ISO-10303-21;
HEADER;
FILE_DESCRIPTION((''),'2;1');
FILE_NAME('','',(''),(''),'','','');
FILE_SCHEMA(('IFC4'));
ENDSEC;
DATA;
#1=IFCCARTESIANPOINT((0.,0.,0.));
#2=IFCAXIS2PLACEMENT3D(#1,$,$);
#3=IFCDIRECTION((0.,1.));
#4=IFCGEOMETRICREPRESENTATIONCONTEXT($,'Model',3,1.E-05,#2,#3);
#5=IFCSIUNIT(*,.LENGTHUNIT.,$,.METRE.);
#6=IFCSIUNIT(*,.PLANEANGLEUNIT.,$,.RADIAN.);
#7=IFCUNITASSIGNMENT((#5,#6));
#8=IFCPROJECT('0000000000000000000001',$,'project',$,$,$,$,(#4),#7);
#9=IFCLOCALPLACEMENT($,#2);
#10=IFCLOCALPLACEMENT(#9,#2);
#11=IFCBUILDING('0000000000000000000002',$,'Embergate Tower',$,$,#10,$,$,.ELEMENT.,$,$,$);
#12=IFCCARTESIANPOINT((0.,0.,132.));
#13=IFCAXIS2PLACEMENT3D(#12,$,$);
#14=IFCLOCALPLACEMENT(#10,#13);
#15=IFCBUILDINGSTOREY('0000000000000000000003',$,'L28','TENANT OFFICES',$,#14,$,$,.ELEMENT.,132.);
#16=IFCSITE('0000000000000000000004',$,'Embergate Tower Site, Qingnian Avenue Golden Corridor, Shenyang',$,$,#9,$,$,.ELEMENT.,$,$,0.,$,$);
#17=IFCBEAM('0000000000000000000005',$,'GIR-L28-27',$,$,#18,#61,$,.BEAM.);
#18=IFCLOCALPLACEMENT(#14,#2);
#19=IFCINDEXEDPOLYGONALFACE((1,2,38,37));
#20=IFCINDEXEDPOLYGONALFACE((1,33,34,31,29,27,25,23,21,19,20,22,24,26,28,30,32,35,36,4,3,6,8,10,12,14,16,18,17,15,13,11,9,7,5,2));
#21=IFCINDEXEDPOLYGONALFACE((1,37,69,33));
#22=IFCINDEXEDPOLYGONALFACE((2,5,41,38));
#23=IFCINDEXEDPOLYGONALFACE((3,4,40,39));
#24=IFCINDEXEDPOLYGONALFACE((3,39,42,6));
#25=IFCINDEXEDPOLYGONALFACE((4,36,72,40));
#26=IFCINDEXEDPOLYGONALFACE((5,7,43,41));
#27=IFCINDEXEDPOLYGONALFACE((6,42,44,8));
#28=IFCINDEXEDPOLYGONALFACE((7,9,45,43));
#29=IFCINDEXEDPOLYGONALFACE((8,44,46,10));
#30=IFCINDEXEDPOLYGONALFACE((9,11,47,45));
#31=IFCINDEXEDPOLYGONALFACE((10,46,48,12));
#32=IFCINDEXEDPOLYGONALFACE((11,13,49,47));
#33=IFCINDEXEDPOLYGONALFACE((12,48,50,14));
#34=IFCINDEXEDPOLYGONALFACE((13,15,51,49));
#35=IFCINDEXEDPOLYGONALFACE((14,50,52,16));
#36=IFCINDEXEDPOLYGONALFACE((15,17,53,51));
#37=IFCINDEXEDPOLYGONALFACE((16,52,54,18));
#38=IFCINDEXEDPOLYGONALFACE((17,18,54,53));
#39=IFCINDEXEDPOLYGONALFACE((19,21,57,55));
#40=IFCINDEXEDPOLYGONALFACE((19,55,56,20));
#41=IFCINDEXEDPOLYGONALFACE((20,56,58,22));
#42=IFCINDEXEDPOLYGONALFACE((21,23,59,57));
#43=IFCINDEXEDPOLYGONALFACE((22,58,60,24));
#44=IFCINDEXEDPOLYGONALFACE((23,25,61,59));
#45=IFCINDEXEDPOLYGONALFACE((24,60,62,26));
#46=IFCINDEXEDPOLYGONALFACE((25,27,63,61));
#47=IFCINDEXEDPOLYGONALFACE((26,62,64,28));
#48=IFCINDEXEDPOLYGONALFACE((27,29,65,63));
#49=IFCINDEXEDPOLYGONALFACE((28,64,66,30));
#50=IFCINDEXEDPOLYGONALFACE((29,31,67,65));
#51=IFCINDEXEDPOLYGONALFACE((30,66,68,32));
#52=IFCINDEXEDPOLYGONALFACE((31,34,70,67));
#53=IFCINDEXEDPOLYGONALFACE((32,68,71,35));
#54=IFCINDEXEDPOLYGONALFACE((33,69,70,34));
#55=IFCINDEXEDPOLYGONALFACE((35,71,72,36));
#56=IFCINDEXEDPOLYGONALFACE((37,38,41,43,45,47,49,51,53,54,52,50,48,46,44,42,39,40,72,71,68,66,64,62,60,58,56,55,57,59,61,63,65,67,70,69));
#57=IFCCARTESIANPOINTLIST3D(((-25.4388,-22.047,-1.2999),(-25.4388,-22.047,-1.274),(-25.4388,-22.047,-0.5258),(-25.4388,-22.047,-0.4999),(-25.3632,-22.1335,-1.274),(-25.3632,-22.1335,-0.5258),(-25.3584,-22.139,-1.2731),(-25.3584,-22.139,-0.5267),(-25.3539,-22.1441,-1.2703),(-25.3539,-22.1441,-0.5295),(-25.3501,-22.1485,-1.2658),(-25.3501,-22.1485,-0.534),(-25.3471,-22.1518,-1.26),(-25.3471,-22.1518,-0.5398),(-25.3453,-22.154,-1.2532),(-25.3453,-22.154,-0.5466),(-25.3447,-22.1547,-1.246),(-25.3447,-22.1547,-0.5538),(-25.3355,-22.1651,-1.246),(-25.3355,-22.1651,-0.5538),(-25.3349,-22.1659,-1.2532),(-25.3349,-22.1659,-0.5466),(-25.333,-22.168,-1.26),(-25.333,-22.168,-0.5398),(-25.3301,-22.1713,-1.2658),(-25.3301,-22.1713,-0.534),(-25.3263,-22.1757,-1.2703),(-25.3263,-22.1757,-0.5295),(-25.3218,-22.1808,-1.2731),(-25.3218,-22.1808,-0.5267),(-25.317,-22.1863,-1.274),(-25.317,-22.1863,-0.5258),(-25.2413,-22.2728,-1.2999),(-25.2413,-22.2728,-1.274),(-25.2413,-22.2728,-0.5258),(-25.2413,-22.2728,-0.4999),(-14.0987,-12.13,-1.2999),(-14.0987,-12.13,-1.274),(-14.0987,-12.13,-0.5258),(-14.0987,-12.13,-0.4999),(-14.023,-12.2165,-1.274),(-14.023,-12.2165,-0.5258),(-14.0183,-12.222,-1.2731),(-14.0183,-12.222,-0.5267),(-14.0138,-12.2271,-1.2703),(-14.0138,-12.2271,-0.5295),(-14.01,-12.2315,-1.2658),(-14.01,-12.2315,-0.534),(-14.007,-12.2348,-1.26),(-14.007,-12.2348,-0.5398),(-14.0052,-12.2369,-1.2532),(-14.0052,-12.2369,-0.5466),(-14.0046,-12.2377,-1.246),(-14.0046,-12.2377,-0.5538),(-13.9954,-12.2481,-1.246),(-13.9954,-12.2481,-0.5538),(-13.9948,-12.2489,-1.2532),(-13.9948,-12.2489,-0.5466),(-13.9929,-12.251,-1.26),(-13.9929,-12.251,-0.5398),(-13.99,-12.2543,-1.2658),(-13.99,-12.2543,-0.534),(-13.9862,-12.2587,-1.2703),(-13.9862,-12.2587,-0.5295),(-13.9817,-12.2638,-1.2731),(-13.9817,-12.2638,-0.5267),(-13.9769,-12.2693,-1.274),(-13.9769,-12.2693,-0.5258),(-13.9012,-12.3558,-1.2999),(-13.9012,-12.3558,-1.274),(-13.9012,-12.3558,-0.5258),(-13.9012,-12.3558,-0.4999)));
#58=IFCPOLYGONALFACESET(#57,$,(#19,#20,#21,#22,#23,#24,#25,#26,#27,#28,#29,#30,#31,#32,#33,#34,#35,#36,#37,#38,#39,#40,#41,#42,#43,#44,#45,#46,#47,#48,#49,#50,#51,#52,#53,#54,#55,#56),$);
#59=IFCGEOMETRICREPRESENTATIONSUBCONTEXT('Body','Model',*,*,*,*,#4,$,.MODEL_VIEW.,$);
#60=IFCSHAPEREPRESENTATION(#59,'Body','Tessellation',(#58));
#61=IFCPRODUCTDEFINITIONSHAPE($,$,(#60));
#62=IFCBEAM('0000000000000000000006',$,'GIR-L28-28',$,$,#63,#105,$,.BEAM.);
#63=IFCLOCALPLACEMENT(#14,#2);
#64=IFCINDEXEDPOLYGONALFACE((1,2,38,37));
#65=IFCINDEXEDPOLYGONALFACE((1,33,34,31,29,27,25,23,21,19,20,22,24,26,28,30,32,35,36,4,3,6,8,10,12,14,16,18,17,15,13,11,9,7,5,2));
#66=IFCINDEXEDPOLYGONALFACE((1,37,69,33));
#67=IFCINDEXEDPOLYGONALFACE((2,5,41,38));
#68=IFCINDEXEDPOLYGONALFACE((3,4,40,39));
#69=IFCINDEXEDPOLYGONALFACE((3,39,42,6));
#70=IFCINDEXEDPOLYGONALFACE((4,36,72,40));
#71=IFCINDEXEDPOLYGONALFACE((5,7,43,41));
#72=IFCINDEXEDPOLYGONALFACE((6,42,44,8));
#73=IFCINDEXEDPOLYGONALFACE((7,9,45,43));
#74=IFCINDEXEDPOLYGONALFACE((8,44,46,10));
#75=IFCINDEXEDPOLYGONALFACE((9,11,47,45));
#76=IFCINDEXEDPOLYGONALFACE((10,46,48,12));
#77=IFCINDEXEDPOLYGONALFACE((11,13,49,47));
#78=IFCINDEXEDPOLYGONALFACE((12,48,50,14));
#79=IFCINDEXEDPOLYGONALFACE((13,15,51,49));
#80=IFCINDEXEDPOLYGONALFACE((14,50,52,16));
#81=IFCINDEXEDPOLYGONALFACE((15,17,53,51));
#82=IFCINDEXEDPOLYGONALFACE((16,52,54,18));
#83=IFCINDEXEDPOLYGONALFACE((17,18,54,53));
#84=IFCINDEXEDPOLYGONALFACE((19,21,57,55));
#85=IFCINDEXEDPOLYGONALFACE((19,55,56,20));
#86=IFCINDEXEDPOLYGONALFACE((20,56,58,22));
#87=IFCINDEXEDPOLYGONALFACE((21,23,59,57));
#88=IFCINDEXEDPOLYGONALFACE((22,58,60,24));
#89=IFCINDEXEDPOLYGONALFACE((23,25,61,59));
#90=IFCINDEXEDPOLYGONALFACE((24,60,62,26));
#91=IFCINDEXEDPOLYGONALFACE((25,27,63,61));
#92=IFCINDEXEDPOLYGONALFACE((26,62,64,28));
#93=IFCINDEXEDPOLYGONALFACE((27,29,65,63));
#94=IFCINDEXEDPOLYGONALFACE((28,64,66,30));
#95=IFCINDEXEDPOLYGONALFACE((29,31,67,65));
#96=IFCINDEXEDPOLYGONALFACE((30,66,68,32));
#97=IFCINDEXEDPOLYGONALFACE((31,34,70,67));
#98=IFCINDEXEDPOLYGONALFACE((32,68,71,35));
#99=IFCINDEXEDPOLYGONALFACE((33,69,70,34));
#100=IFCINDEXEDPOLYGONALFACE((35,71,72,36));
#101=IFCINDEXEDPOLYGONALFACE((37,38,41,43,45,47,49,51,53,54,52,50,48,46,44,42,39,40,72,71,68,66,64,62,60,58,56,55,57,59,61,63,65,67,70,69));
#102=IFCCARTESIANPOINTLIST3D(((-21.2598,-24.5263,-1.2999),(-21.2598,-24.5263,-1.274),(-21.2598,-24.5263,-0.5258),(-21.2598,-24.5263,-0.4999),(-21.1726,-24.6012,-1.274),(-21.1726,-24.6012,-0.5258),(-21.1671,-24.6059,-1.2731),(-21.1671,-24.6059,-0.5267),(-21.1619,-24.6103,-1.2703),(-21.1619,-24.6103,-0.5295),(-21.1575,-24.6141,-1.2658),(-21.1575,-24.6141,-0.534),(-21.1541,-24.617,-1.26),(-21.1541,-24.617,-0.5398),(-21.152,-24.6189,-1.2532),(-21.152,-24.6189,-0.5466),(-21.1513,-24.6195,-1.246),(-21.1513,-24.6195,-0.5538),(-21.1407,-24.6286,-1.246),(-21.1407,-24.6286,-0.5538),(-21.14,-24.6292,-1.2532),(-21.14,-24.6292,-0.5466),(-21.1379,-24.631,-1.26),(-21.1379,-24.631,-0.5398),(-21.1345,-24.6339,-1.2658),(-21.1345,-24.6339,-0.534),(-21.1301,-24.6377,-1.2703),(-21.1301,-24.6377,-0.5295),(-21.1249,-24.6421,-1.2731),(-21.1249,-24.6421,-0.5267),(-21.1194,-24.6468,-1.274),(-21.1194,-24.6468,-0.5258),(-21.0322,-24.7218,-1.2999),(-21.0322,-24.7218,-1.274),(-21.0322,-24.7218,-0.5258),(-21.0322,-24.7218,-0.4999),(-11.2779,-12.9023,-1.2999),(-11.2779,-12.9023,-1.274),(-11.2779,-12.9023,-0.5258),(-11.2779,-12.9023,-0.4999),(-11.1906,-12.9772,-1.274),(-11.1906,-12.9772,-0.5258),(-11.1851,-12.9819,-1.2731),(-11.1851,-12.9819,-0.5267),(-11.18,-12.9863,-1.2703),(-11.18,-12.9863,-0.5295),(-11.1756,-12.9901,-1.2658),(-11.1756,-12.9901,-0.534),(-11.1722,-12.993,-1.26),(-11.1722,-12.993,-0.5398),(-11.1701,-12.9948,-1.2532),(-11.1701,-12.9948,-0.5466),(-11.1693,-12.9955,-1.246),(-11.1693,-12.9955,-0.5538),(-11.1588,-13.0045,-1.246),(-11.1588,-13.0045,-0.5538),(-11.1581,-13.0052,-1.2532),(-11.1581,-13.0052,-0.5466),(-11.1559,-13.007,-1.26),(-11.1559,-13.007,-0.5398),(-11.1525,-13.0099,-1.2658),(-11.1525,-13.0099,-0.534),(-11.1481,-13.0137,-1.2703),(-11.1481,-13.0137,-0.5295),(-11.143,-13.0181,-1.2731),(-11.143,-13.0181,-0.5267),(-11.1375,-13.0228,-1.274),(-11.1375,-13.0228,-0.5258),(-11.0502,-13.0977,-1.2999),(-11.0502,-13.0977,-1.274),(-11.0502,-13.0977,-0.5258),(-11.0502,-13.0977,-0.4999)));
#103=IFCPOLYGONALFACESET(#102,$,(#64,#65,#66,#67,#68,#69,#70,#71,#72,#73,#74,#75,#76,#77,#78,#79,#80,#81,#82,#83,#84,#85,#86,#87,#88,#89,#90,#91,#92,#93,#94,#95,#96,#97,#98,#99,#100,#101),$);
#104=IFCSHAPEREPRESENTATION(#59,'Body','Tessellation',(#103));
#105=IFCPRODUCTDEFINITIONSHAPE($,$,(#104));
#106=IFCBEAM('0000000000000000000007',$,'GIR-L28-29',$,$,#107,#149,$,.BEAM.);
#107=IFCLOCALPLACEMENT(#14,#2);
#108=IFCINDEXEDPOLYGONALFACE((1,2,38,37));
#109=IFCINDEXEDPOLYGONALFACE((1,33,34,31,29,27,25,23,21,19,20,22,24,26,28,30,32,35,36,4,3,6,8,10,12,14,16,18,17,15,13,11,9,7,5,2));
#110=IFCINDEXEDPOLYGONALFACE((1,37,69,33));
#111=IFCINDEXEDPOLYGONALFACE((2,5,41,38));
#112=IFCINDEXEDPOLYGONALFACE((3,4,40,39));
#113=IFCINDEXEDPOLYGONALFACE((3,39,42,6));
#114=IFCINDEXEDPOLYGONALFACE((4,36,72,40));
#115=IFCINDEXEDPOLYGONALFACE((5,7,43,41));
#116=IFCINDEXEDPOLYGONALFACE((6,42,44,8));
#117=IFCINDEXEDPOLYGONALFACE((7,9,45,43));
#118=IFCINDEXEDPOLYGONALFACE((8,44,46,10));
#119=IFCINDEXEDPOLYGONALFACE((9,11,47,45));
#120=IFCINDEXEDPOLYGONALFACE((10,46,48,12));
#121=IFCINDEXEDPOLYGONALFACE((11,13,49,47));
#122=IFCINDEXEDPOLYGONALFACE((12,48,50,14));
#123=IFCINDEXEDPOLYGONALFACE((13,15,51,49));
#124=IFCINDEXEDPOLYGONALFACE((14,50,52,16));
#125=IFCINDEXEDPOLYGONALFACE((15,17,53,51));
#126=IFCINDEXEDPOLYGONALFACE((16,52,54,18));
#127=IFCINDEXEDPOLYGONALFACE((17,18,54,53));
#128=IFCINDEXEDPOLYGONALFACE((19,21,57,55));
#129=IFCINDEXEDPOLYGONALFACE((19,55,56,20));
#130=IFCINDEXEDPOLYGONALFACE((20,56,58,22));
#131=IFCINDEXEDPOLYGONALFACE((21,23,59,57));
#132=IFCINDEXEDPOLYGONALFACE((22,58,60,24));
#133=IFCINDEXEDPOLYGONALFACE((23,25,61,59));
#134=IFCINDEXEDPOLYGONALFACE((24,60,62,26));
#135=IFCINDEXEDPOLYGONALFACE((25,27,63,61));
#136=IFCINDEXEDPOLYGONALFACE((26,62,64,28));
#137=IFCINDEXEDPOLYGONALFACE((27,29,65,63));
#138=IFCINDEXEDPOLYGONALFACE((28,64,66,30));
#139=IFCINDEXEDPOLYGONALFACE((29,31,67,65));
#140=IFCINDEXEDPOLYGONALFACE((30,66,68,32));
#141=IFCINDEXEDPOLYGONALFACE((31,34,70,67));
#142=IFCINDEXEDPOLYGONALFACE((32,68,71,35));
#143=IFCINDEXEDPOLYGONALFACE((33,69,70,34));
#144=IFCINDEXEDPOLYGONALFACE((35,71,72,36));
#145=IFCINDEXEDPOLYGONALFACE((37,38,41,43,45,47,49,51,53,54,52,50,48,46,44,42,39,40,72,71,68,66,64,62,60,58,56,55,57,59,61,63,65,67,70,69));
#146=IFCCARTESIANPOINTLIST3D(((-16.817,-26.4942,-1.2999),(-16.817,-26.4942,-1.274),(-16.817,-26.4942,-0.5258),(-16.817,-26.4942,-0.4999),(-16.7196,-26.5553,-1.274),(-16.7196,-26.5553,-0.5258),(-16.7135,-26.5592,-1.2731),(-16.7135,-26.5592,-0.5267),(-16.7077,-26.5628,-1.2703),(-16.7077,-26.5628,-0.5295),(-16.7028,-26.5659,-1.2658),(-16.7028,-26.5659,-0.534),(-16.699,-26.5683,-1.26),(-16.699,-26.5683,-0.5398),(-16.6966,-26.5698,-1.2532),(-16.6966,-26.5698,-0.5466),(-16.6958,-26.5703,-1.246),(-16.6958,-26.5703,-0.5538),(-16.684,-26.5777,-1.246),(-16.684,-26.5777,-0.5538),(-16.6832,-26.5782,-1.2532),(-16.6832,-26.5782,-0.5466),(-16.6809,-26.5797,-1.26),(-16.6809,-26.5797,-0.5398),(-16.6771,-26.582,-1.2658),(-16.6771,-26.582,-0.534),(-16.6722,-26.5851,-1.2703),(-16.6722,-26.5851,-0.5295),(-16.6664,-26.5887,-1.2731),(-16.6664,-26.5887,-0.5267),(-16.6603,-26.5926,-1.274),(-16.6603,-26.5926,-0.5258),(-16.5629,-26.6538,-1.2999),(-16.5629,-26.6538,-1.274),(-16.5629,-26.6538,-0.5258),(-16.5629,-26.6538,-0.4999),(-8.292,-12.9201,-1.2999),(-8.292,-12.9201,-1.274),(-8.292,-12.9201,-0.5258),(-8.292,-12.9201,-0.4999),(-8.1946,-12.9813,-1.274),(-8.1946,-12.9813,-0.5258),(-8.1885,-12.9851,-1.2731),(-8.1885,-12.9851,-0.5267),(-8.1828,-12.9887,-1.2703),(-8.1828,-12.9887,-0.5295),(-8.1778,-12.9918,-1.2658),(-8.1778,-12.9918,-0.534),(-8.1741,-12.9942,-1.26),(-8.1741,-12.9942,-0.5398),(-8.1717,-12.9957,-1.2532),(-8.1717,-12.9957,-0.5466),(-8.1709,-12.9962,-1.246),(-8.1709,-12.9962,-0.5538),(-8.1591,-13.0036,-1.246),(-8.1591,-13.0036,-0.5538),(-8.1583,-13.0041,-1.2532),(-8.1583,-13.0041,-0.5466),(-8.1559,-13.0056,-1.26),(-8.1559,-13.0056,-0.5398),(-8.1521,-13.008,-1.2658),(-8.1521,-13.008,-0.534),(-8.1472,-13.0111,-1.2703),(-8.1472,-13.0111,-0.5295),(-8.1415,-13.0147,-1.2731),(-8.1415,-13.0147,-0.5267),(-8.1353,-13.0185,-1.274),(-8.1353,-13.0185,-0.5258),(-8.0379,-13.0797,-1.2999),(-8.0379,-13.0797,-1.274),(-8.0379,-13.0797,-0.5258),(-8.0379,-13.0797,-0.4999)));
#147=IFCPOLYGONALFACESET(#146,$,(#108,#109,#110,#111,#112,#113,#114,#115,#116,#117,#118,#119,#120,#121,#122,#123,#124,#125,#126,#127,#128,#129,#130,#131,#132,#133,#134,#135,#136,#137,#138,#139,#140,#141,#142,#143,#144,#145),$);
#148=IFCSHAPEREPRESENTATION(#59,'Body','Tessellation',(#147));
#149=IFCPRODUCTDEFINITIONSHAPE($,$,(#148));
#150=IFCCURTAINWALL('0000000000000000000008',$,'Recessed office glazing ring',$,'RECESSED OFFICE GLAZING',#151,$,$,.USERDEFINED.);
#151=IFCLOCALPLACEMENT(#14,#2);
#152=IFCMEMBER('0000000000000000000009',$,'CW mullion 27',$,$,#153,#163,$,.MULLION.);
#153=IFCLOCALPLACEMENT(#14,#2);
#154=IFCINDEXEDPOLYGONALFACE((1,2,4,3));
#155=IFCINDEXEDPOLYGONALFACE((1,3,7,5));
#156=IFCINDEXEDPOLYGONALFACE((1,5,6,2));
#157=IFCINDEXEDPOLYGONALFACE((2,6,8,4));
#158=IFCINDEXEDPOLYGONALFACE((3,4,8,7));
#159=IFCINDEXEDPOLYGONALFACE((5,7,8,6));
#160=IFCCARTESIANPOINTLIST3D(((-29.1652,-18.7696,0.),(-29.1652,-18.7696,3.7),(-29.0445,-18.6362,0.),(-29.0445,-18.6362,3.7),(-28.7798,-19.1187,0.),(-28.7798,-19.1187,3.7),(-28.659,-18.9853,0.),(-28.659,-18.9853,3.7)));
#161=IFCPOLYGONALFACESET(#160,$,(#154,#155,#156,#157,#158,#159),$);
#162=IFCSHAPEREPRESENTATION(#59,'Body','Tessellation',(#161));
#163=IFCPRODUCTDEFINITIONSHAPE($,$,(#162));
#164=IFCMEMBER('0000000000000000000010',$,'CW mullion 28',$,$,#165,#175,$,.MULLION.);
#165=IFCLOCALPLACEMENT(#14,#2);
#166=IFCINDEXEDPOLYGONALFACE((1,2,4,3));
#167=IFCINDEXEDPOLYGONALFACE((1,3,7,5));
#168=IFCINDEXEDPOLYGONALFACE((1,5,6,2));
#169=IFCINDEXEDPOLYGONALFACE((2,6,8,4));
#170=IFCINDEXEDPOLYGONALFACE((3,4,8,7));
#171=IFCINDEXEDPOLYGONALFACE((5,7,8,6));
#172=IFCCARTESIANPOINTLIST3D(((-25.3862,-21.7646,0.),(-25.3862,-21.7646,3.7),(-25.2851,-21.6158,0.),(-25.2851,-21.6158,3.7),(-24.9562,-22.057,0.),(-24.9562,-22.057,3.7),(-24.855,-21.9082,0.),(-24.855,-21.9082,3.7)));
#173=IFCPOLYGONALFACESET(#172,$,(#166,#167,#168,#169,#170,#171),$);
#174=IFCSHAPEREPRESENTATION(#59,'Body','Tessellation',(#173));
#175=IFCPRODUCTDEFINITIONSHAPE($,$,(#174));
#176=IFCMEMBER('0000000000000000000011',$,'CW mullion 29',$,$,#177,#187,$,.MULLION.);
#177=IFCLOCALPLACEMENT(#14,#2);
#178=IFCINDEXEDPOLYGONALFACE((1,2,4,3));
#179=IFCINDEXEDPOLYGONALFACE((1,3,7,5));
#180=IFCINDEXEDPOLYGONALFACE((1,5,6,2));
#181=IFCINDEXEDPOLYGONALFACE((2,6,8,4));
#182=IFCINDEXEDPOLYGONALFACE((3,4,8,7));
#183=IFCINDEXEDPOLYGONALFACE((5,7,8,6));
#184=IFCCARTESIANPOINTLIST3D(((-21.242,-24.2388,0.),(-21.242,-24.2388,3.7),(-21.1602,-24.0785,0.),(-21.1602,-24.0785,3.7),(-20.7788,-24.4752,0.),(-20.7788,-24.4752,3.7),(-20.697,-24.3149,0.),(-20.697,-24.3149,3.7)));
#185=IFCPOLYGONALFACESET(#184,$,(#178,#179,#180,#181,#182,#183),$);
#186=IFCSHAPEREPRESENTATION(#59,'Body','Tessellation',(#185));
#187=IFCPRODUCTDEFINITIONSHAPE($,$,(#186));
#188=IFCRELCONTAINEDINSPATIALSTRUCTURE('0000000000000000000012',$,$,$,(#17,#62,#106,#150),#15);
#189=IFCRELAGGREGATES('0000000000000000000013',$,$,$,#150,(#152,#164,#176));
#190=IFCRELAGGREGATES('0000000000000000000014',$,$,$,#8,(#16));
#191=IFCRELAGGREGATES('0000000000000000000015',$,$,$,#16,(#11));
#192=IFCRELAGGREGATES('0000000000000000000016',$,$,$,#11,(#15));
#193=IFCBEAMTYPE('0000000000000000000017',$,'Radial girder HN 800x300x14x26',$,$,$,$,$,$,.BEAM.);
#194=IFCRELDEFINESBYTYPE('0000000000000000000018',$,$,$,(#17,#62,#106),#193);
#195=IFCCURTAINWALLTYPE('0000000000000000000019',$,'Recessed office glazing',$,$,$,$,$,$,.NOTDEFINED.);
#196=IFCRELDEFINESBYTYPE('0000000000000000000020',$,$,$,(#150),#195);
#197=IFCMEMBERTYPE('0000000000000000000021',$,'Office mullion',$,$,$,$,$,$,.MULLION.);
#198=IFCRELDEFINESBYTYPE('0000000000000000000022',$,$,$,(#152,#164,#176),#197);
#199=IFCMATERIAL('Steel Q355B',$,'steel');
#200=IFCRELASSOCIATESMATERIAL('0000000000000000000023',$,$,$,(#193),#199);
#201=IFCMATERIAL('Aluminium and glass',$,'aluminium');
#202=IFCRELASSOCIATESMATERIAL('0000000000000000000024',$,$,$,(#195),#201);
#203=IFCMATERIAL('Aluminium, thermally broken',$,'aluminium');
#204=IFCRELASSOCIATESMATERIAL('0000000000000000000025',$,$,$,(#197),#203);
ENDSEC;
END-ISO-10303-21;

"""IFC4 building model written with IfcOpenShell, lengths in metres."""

from ifc_helpers import new_model, si_unit, direction, frame, origin, origin_2d, place, context, subcontext, project, spatial, rectangle, i_section, extrude, source, transform, mapped, material, material_profile, profile_set, type_object, element, aggregate, save


model = new_model("IFC4")

# Units and contexts
model_context = context("Model", 3, precision=1e-05, world=origin(), true_north=direction((0.0, 1.0)))
body_context = subcontext(model_context, "Body", "Model", "MODEL_VIEW")
ifc_project = project(units=[si_unit("LENGTHUNIT", "METRE"), si_unit("PLANEANGLEUNIT", "RADIAN")], contexts=[model_context])

# Site, building, storey
site_placement = place(None, origin())
site = spatial("IfcSite", under=ifc_project, at=site_placement, Name="Embergate Tower Site, Qingnian Avenue Golden Corridor, Shenyang", CompositionType="ELEMENT", RefElevation=0.0)
building_placement = place(site_placement, origin())
building = spatial("IfcBuilding", under=site, at=building_placement, Name="Embergate Tower", CompositionType="ELEMENT")
storey_placement = place(building_placement, frame((0.0, 0.0, 132.0)))
storey = spatial("IfcBuildingStorey", under=building, at=storey_placement, Name="L28", Description="TENANT OFFICES", CompositionType="ELEMENT", Elevation=132.0)

# Beams
ifc_material_1 = material(Name="Steel Q355B", Category="steel")
ifc_material_profile_1 = material_profile(ifc_material_1, i_section(OverallWidth=0.3, OverallDepth=0.8, WebThickness=0.0139, FlangeThickness=0.0259, FilletRadius=0.0281, at=origin_2d()), Name="HN 800x300x14x26")
ifc_profile_set_1 = profile_set([ifc_material_profile_1], Name="Steel Q355 grade B")
beam_type_1 = type_object("IfcBeamType", Name="Radial girder HN 800x300x14x26", PredefinedType="BEAM", material=ifc_profile_set_1)
shared_shape_1 = source(origin(), body_context, "Body", "SweptSolid", [
    extrude(i_section(OverallWidth=0.3, OverallDepth=0.8, WebThickness=0.0139, FlangeThickness=0.0259, FilletRadius=0.0281, at=origin_2d()), origin(), (0.0, 0.0, 1.0), 15.0647),
])
beam_1_placement = place(storey_placement, frame((-25.3401, -22.1599, -0.8999), z_axis=(0.75276, 0.658295, 0.0), x_axis=(-0.658295, 0.75276, 0.0)))
element("IfcBeam", 1, at=beam_1_placement, inside=storey, type_object=beam_type_1, Name="GIR-L28-27", PredefinedType="BEAM", context=body_context, shape_type="MappedRepresentation", body=[
    mapped(shared_shape_1, transform((0.0, 0.0, 0.0))),
])
shared_shape_2 = source(origin(), body_context, "Body", "SweptSolid", [
    extrude(i_section(OverallWidth=0.3, OverallDepth=0.8, WebThickness=0.0139, FlangeThickness=0.0259, FilletRadius=0.0281, at=origin_2d()), origin(), (0.0, 0.0, 1.0), 15.3218),
])
beam_2_placement = place(storey_placement, frame((-21.146, -24.624, -0.8999), z_axis=(0.651487, 0.75866, 0.0), x_axis=(-0.75866, 0.651487, 0.0)))
element("IfcBeam", 2, at=beam_2_placement, inside=storey, type_object=beam_type_1, Name="GIR-L28-28", PredefinedType="BEAM", context=body_context, shape_type="MappedRepresentation", body=[
    mapped(shared_shape_2, transform((0.0, 0.0, 0.0))),
])
shared_shape_3 = source(origin(), body_context, "Body", "SweptSolid", [
    extrude(i_section(OverallWidth=0.3, OverallDepth=0.8, WebThickness=0.0139, FlangeThickness=0.0259, FilletRadius=0.0281, at=origin_2d()), origin(), (0.0, 0.0, 1.0), 16.0291),
])
beam_3_placement = place(storey_placement, frame((-16.6899, -26.574, -0.8999), z_axis=(0.531845, 0.846842, 0.0), x_axis=(-0.846842, 0.531845, 0.0)))
element("IfcBeam", 3, at=beam_3_placement, inside=storey, type_object=beam_type_1, Name="GIR-L28-29", PredefinedType="BEAM", context=body_context, shape_type="MappedRepresentation", body=[
    mapped(shared_shape_3, transform((0.0, 0.0, 0.0))),
])

# Curtain wall, members
ifc_material_2 = material(Name="Aluminium and glass", Category="aluminium")
curtain_wall_type = type_object("IfcCurtainWallType", Name="Recessed office glazing", PredefinedType="NOTDEFINED", material=ifc_material_2)
curtain_wall_placement = place(storey_placement, origin())
curtain_wall = element("IfcCurtainWall", 4, at=curtain_wall_placement, inside=storey, type_object=curtain_wall_type, Name="Recessed office glazing ring", ObjectType="RECESSED OFFICE GLAZING", PredefinedType="USERDEFINED")
ifc_material_3 = material(Name="Aluminium, thermally broken", Category="aluminium")
ifc_material_profile_2 = material_profile(ifc_material_3, rectangle(XDim=0.1799, YDim=0.52, at=origin_2d()), Name="AL 520x180")
ifc_profile_set_2 = profile_set([ifc_material_profile_2], Name="Aluminium, thermally broken")
member_type_1 = type_object("IfcMemberType", Name="Office mullion", PredefinedType="MULLION", material=ifc_profile_set_2)
shared_shape_4 = source(origin(), body_context, "Body", "SweptSolid", [
    extrude(rectangle(XDim=0.1799, YDim=0.52, at=origin_2d()), origin(), (0.0, 0.0, 1.0), 3.7),
])
member_1_placement = place(storey_placement, frame((-28.9121, -18.8774, 0.0), z_axis=(0.0, 0.0, 1.0), x_axis=(0.671225, 0.741253, 0.0)))
member_1 = element("IfcMember", 5, at=member_1_placement, type_object=member_type_1, Name="CW mullion 27", PredefinedType="MULLION", context=body_context, shape_type="MappedRepresentation", body=[
    mapped(shared_shape_4, transform((0.0, 0.0, 0.0))),
])
member_2_placement = place(storey_placement, frame((-25.1206, -21.8364, 0.0), z_axis=(0.0, 0.0, 1.0), x_axis=(0.562215, 0.826991, 0.0)))
member_2 = element("IfcMember", 6, at=member_2_placement, type_object=member_type_1, Name="CW mullion 28", PredefinedType="MULLION", context=body_context, shape_type="MappedRepresentation", body=[
    mapped(shared_shape_4, transform((0.0, 0.0, 0.0))),
])
member_3_placement = place(storey_placement, frame((-20.9695, -24.2769, 0.0), z_axis=(0.0, 0.0, 1.0), x_axis=(0.454508, 0.890743, 0.0)))
member_3 = element("IfcMember", 7, at=member_3_placement, type_object=member_type_1, Name="CW mullion 29", PredefinedType="MULLION", context=body_context, shape_type="MappedRepresentation", body=[
    mapped(shared_shape_4, transform((0.0, 0.0, 0.0))),
])
aggregate(curtain_wall, [member_1, member_2, member_3])

save(model, "model.ifc")
